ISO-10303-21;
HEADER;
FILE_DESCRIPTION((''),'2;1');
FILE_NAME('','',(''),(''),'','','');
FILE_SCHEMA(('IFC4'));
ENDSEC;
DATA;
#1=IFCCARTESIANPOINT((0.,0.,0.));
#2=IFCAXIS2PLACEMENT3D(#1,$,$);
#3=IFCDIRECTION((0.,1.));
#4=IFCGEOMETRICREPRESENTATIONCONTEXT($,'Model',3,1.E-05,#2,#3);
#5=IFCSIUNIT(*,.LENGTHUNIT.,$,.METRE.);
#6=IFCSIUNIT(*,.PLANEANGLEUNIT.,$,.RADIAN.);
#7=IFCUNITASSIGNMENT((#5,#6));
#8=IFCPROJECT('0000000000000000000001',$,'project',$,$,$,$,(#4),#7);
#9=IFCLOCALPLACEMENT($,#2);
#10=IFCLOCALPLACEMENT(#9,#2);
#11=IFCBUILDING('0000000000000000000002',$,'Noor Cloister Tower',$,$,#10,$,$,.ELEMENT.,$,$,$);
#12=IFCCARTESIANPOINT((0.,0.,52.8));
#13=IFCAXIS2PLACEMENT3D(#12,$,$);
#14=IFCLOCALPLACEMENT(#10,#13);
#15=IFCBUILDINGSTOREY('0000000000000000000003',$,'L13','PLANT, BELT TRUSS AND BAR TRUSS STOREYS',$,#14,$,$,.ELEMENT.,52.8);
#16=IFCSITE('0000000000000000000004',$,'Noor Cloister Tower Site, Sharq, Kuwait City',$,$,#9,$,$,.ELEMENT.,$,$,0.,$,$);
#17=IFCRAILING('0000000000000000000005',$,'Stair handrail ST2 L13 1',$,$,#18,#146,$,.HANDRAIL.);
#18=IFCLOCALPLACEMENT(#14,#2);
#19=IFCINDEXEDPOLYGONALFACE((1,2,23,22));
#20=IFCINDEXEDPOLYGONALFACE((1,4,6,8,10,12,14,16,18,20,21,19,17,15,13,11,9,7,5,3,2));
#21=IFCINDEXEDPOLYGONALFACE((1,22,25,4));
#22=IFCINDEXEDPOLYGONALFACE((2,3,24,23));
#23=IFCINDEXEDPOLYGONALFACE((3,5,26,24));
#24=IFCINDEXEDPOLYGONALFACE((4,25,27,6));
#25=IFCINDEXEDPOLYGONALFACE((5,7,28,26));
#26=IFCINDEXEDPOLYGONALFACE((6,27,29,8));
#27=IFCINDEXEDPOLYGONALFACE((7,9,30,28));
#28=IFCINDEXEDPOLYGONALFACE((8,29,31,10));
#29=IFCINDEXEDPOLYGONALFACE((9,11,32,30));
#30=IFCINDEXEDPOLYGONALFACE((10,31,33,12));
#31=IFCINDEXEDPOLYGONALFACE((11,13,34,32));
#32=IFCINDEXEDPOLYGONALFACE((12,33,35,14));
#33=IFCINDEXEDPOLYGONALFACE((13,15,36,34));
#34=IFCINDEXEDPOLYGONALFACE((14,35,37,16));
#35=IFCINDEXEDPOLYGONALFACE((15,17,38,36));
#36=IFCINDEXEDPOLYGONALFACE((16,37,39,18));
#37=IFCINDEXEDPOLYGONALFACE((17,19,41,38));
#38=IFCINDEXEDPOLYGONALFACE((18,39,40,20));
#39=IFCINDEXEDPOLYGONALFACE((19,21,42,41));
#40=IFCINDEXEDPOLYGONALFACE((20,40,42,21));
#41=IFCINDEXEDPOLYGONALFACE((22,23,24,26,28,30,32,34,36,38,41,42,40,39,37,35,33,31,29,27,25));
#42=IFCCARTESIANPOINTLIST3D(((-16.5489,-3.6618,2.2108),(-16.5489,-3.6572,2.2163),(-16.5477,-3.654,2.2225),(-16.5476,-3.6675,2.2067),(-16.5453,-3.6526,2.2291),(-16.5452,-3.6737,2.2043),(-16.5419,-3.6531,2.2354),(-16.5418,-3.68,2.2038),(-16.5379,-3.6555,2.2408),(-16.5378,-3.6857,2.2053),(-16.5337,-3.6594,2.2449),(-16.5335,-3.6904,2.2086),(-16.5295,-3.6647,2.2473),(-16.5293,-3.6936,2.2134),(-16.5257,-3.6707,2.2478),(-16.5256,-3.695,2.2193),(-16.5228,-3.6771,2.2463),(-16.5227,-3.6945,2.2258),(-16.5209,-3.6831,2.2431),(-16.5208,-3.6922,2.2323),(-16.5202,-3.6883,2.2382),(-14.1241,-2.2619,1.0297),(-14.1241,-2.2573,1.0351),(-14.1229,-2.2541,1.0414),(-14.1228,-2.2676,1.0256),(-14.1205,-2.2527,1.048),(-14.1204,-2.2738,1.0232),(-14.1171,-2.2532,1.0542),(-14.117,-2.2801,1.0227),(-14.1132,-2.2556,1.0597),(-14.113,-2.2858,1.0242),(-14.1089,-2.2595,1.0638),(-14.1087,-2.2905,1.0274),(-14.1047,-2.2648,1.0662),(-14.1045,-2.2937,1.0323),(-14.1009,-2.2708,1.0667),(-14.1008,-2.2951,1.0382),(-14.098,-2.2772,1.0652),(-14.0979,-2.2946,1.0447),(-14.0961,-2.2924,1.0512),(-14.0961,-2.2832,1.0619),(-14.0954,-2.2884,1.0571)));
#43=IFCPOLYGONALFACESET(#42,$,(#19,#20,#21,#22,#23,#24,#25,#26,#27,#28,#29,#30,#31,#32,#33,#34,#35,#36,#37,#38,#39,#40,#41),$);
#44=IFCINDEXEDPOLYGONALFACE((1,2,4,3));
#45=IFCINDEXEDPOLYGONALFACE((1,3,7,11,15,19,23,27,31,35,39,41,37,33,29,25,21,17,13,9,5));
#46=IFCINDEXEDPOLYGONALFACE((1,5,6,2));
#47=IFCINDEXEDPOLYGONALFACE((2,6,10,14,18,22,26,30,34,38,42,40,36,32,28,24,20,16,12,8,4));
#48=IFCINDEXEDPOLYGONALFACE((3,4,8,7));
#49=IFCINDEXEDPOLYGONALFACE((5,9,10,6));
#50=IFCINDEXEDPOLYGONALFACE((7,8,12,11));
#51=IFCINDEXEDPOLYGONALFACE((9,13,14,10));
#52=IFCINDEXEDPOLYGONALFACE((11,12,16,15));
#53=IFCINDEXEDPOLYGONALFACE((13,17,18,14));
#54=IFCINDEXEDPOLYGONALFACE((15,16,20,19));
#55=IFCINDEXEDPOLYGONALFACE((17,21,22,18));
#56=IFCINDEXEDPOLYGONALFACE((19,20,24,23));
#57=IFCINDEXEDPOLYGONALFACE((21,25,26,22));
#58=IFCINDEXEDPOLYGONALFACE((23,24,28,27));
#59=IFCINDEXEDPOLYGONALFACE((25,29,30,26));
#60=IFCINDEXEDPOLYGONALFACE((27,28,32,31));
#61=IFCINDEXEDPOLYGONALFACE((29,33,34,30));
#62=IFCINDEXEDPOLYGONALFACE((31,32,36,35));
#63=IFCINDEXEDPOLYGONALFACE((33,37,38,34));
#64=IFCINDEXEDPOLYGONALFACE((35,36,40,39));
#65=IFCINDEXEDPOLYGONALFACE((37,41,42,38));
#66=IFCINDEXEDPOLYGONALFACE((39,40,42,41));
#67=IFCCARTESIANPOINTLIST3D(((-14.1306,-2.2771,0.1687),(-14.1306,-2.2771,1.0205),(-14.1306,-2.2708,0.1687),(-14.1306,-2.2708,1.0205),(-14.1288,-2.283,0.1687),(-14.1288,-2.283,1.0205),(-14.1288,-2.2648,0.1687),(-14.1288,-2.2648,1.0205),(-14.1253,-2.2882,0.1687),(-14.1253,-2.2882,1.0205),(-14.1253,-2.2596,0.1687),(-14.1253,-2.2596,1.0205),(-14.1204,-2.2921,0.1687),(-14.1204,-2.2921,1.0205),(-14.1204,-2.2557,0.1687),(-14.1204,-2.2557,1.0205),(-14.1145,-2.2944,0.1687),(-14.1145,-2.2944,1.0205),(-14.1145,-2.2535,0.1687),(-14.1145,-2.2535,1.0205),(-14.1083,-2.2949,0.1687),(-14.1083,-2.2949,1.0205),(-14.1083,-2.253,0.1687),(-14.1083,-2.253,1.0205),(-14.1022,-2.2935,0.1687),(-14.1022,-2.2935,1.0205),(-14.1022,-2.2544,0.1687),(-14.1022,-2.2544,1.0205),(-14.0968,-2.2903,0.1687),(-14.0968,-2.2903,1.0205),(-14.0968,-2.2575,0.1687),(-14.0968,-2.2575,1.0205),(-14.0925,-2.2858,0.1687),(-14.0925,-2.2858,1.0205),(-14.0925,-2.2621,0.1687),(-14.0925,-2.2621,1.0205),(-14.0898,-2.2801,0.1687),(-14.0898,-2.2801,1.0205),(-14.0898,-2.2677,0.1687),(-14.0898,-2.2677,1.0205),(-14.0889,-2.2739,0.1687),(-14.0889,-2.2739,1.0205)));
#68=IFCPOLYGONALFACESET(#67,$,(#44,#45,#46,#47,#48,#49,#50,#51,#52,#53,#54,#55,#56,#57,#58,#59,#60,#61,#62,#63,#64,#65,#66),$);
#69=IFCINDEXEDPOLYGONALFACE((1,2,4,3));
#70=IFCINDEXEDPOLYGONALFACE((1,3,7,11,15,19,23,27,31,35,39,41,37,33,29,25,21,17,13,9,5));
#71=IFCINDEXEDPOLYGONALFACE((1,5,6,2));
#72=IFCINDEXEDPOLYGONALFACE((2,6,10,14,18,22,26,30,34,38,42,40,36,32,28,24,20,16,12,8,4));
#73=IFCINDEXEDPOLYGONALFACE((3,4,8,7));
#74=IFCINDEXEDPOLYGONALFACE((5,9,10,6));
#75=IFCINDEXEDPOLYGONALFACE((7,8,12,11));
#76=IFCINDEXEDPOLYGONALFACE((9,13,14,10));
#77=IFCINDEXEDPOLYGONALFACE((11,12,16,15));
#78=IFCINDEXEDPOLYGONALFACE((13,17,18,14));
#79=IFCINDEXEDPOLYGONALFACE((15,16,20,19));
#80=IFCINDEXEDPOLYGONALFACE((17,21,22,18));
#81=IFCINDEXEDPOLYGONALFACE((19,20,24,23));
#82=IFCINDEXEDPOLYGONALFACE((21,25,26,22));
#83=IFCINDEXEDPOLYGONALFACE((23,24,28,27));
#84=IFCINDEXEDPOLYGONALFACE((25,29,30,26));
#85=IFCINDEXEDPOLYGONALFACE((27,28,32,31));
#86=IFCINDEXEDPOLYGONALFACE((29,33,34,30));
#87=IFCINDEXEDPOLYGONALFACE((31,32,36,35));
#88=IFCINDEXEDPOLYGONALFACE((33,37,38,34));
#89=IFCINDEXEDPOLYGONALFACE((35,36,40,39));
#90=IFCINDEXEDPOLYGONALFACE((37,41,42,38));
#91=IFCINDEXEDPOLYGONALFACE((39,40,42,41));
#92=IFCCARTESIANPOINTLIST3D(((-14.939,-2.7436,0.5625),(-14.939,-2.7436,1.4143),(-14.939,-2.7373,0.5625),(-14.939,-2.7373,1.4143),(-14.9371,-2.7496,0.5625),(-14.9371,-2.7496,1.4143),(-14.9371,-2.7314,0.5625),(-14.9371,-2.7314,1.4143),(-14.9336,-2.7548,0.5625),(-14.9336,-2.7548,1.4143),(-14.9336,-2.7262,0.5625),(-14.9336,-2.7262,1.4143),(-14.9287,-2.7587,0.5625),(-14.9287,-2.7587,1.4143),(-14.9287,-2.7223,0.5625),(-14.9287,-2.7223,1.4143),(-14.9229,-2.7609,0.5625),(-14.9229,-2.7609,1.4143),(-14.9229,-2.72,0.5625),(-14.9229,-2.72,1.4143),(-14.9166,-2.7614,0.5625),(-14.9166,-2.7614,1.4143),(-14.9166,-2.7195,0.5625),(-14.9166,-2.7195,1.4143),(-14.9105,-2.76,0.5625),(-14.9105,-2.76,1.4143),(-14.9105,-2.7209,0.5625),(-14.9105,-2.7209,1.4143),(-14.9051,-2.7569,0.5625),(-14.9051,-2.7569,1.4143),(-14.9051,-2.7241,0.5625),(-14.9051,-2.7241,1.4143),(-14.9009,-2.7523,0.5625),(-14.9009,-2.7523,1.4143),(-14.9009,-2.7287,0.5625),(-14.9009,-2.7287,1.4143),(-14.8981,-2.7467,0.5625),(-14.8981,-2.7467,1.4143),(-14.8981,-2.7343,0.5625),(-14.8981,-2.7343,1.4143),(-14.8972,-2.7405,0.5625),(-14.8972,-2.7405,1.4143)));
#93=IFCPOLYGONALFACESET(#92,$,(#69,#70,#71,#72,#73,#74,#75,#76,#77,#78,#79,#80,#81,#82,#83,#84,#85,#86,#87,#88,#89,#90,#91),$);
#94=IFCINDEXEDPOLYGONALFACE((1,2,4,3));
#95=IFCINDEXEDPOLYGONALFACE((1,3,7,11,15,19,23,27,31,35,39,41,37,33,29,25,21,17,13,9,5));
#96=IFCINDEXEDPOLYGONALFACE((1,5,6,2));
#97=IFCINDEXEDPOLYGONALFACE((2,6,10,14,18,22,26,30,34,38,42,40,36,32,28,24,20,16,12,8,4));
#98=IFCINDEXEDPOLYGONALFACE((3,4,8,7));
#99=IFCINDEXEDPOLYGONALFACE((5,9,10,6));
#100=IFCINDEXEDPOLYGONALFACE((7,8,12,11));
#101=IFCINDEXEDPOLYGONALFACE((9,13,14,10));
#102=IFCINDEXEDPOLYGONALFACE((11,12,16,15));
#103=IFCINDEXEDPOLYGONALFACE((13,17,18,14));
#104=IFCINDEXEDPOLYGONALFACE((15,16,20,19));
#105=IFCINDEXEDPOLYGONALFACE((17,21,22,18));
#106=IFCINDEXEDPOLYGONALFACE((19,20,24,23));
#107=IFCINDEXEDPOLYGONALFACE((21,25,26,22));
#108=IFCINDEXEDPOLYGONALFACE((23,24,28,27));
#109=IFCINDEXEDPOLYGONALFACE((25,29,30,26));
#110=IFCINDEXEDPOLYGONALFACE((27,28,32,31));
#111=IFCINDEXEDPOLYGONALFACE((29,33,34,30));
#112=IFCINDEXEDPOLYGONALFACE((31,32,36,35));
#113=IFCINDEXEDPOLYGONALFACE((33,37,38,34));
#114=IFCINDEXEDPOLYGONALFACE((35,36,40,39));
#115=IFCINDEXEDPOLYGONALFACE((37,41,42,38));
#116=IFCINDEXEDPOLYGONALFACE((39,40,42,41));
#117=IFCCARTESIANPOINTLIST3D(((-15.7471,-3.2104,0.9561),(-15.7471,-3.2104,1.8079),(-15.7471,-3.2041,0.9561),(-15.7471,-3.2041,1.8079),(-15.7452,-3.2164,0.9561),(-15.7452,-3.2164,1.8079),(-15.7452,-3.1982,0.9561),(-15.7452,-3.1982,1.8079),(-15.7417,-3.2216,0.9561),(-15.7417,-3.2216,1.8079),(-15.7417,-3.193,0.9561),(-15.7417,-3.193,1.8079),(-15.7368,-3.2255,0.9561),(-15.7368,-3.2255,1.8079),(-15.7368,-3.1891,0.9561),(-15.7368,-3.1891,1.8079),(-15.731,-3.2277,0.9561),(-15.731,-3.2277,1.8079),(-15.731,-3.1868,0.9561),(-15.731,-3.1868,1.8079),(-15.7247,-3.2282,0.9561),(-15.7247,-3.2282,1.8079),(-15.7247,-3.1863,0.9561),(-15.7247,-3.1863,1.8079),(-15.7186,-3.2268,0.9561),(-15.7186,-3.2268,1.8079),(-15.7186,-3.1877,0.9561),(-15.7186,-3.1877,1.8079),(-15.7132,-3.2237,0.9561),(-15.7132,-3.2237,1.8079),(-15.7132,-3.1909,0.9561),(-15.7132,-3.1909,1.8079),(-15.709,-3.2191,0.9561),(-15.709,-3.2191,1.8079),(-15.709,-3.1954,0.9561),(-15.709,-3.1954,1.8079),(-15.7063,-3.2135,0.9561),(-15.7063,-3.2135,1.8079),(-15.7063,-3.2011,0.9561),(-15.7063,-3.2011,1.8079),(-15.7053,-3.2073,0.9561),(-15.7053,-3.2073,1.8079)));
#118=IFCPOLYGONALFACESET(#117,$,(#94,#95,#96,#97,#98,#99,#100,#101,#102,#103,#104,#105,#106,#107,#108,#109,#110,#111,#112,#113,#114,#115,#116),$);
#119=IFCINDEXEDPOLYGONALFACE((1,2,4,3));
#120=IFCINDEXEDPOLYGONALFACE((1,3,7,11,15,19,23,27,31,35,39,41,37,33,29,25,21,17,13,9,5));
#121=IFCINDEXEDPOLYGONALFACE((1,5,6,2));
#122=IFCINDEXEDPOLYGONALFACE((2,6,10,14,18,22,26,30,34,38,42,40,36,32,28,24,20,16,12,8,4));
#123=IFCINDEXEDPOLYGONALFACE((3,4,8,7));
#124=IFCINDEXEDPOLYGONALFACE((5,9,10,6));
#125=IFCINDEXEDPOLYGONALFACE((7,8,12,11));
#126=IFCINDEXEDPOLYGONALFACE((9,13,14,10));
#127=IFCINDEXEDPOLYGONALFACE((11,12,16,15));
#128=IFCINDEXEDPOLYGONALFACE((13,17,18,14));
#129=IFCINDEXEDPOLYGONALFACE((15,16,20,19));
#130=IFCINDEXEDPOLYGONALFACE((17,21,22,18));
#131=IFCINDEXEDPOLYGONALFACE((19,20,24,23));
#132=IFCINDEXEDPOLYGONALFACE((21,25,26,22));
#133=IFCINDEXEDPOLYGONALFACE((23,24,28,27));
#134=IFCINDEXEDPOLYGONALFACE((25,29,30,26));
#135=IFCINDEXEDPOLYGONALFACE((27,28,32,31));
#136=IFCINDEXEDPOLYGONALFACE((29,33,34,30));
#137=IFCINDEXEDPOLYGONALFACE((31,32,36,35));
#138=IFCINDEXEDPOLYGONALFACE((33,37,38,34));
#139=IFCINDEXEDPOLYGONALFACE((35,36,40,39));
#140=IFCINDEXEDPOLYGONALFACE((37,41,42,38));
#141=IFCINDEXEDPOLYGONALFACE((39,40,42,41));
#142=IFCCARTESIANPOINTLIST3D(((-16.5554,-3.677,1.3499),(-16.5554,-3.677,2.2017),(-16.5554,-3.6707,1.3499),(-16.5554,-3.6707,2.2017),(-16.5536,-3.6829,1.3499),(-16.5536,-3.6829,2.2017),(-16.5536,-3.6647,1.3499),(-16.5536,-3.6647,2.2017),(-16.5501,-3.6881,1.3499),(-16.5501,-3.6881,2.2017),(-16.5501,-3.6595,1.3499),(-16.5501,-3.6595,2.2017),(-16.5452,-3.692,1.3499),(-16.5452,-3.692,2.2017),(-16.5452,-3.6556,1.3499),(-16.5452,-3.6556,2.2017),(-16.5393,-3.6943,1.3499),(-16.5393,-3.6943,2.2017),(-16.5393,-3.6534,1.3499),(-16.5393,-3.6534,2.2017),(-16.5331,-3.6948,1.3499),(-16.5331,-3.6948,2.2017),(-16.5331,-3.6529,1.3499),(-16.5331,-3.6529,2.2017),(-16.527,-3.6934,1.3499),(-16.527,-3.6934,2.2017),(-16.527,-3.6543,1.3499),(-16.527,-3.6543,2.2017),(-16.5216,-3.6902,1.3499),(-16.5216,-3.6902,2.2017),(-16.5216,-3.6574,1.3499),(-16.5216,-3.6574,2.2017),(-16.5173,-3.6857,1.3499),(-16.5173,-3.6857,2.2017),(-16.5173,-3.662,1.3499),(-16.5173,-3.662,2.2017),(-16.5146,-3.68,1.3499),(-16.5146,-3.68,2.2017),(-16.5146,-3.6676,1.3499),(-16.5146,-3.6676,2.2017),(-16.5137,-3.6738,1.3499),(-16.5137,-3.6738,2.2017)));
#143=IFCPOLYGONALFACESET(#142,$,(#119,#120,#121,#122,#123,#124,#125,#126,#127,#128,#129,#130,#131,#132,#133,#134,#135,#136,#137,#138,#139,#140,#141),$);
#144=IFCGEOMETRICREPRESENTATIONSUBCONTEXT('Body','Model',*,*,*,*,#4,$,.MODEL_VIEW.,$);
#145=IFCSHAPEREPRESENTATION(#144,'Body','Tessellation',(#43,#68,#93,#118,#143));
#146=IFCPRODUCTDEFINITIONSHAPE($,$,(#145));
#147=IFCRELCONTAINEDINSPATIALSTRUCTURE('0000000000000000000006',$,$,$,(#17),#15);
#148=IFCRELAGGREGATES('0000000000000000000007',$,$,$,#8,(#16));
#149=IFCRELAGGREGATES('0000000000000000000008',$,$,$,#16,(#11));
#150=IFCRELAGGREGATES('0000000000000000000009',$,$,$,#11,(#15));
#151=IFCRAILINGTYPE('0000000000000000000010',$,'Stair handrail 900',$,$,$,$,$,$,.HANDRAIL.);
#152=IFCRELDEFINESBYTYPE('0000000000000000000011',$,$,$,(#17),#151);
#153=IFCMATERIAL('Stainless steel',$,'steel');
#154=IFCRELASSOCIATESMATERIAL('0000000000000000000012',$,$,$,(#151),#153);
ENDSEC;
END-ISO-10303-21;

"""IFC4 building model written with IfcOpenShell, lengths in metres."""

from ifc_helpers import new_model, si_unit, direction, frame, origin, origin_2d, place, context, subcontext, project, spatial, circle, extrude, material, type_object, element, save


model = new_model("IFC4")

# Units and contexts
model_context = context("Model", 3, precision=1e-05, world=origin(), true_north=direction((0.0, 1.0)))
body_context = subcontext(model_context, "Body", "Model", "MODEL_VIEW")
ifc_project = project(units=[si_unit("LENGTHUNIT", "METRE"), si_unit("PLANEANGLEUNIT", "RADIAN")], contexts=[model_context])

# Site, building, storey
site_placement = place(None, origin())
site = spatial("IfcSite", under=ifc_project, at=site_placement, Name="Noor Cloister Tower Site, Sharq, Kuwait City", CompositionType="ELEMENT", RefElevation=0.0)
building_placement = place(site_placement, origin())
building = spatial("IfcBuilding", under=site, at=building_placement, Name="Noor Cloister Tower", CompositionType="ELEMENT")
storey_placement = place(building_placement, frame((0.0, 0.0, 52.8)))
storey = spatial("IfcBuildingStorey", under=building, at=storey_placement, Name="L13", Description="PLANT, BELT TRUSS AND BAR TRUSS STOREYS", CompositionType="ELEMENT", Elevation=52.8)

# Railing
ifc_material_1 = material(Name="Stainless steel", Category="steel")
railing_type_1 = type_object("IfcRailingType", Name="Stair handrail 900", PredefinedType="HANDRAIL", material=ifc_material_1)
railing_1_placement = place(storey_placement, frame((-14.1099, -2.2739, 0.1687)))
element("IfcRailing", 1, at=railing_1_placement, inside=storey, type_object=railing_type_1, Name="Stair handrail ST2 L13 1", PredefinedType="HANDRAIL", context=body_context, shape_type="SweptSolid", body=[
    extrude(circle(Radius=0.0239, at=origin_2d()), frame((0.0, 0.0, 0.876), z_axis=(-0.797939, -0.460671, 0.388686), x_axis=(0.499984, -0.866035, 0.0)), (0.0, 0.0, 1.0), 3.0388),
    extrude(circle(Radius=0.021, at=origin_2d()), origin(), (0.0, 0.0, 1.0), 0.8518),
    extrude(circle(Radius=0.021, at=origin_2d()), frame((-0.8083, -0.4666, 0.3938)), (0.0, 0.0, 1.0), 0.8518),
    extrude(circle(Radius=0.021, at=origin_2d()), frame((-1.6165, -0.9333, 0.7874)), (0.0, 0.0, 1.0), 0.8518),
    extrude(circle(Radius=0.021, at=origin_2d()), frame((-2.4248, -1.3999, 1.1812)), (0.0, 0.0, 1.0), 0.8518),
])

save(model, "model.ifc")
